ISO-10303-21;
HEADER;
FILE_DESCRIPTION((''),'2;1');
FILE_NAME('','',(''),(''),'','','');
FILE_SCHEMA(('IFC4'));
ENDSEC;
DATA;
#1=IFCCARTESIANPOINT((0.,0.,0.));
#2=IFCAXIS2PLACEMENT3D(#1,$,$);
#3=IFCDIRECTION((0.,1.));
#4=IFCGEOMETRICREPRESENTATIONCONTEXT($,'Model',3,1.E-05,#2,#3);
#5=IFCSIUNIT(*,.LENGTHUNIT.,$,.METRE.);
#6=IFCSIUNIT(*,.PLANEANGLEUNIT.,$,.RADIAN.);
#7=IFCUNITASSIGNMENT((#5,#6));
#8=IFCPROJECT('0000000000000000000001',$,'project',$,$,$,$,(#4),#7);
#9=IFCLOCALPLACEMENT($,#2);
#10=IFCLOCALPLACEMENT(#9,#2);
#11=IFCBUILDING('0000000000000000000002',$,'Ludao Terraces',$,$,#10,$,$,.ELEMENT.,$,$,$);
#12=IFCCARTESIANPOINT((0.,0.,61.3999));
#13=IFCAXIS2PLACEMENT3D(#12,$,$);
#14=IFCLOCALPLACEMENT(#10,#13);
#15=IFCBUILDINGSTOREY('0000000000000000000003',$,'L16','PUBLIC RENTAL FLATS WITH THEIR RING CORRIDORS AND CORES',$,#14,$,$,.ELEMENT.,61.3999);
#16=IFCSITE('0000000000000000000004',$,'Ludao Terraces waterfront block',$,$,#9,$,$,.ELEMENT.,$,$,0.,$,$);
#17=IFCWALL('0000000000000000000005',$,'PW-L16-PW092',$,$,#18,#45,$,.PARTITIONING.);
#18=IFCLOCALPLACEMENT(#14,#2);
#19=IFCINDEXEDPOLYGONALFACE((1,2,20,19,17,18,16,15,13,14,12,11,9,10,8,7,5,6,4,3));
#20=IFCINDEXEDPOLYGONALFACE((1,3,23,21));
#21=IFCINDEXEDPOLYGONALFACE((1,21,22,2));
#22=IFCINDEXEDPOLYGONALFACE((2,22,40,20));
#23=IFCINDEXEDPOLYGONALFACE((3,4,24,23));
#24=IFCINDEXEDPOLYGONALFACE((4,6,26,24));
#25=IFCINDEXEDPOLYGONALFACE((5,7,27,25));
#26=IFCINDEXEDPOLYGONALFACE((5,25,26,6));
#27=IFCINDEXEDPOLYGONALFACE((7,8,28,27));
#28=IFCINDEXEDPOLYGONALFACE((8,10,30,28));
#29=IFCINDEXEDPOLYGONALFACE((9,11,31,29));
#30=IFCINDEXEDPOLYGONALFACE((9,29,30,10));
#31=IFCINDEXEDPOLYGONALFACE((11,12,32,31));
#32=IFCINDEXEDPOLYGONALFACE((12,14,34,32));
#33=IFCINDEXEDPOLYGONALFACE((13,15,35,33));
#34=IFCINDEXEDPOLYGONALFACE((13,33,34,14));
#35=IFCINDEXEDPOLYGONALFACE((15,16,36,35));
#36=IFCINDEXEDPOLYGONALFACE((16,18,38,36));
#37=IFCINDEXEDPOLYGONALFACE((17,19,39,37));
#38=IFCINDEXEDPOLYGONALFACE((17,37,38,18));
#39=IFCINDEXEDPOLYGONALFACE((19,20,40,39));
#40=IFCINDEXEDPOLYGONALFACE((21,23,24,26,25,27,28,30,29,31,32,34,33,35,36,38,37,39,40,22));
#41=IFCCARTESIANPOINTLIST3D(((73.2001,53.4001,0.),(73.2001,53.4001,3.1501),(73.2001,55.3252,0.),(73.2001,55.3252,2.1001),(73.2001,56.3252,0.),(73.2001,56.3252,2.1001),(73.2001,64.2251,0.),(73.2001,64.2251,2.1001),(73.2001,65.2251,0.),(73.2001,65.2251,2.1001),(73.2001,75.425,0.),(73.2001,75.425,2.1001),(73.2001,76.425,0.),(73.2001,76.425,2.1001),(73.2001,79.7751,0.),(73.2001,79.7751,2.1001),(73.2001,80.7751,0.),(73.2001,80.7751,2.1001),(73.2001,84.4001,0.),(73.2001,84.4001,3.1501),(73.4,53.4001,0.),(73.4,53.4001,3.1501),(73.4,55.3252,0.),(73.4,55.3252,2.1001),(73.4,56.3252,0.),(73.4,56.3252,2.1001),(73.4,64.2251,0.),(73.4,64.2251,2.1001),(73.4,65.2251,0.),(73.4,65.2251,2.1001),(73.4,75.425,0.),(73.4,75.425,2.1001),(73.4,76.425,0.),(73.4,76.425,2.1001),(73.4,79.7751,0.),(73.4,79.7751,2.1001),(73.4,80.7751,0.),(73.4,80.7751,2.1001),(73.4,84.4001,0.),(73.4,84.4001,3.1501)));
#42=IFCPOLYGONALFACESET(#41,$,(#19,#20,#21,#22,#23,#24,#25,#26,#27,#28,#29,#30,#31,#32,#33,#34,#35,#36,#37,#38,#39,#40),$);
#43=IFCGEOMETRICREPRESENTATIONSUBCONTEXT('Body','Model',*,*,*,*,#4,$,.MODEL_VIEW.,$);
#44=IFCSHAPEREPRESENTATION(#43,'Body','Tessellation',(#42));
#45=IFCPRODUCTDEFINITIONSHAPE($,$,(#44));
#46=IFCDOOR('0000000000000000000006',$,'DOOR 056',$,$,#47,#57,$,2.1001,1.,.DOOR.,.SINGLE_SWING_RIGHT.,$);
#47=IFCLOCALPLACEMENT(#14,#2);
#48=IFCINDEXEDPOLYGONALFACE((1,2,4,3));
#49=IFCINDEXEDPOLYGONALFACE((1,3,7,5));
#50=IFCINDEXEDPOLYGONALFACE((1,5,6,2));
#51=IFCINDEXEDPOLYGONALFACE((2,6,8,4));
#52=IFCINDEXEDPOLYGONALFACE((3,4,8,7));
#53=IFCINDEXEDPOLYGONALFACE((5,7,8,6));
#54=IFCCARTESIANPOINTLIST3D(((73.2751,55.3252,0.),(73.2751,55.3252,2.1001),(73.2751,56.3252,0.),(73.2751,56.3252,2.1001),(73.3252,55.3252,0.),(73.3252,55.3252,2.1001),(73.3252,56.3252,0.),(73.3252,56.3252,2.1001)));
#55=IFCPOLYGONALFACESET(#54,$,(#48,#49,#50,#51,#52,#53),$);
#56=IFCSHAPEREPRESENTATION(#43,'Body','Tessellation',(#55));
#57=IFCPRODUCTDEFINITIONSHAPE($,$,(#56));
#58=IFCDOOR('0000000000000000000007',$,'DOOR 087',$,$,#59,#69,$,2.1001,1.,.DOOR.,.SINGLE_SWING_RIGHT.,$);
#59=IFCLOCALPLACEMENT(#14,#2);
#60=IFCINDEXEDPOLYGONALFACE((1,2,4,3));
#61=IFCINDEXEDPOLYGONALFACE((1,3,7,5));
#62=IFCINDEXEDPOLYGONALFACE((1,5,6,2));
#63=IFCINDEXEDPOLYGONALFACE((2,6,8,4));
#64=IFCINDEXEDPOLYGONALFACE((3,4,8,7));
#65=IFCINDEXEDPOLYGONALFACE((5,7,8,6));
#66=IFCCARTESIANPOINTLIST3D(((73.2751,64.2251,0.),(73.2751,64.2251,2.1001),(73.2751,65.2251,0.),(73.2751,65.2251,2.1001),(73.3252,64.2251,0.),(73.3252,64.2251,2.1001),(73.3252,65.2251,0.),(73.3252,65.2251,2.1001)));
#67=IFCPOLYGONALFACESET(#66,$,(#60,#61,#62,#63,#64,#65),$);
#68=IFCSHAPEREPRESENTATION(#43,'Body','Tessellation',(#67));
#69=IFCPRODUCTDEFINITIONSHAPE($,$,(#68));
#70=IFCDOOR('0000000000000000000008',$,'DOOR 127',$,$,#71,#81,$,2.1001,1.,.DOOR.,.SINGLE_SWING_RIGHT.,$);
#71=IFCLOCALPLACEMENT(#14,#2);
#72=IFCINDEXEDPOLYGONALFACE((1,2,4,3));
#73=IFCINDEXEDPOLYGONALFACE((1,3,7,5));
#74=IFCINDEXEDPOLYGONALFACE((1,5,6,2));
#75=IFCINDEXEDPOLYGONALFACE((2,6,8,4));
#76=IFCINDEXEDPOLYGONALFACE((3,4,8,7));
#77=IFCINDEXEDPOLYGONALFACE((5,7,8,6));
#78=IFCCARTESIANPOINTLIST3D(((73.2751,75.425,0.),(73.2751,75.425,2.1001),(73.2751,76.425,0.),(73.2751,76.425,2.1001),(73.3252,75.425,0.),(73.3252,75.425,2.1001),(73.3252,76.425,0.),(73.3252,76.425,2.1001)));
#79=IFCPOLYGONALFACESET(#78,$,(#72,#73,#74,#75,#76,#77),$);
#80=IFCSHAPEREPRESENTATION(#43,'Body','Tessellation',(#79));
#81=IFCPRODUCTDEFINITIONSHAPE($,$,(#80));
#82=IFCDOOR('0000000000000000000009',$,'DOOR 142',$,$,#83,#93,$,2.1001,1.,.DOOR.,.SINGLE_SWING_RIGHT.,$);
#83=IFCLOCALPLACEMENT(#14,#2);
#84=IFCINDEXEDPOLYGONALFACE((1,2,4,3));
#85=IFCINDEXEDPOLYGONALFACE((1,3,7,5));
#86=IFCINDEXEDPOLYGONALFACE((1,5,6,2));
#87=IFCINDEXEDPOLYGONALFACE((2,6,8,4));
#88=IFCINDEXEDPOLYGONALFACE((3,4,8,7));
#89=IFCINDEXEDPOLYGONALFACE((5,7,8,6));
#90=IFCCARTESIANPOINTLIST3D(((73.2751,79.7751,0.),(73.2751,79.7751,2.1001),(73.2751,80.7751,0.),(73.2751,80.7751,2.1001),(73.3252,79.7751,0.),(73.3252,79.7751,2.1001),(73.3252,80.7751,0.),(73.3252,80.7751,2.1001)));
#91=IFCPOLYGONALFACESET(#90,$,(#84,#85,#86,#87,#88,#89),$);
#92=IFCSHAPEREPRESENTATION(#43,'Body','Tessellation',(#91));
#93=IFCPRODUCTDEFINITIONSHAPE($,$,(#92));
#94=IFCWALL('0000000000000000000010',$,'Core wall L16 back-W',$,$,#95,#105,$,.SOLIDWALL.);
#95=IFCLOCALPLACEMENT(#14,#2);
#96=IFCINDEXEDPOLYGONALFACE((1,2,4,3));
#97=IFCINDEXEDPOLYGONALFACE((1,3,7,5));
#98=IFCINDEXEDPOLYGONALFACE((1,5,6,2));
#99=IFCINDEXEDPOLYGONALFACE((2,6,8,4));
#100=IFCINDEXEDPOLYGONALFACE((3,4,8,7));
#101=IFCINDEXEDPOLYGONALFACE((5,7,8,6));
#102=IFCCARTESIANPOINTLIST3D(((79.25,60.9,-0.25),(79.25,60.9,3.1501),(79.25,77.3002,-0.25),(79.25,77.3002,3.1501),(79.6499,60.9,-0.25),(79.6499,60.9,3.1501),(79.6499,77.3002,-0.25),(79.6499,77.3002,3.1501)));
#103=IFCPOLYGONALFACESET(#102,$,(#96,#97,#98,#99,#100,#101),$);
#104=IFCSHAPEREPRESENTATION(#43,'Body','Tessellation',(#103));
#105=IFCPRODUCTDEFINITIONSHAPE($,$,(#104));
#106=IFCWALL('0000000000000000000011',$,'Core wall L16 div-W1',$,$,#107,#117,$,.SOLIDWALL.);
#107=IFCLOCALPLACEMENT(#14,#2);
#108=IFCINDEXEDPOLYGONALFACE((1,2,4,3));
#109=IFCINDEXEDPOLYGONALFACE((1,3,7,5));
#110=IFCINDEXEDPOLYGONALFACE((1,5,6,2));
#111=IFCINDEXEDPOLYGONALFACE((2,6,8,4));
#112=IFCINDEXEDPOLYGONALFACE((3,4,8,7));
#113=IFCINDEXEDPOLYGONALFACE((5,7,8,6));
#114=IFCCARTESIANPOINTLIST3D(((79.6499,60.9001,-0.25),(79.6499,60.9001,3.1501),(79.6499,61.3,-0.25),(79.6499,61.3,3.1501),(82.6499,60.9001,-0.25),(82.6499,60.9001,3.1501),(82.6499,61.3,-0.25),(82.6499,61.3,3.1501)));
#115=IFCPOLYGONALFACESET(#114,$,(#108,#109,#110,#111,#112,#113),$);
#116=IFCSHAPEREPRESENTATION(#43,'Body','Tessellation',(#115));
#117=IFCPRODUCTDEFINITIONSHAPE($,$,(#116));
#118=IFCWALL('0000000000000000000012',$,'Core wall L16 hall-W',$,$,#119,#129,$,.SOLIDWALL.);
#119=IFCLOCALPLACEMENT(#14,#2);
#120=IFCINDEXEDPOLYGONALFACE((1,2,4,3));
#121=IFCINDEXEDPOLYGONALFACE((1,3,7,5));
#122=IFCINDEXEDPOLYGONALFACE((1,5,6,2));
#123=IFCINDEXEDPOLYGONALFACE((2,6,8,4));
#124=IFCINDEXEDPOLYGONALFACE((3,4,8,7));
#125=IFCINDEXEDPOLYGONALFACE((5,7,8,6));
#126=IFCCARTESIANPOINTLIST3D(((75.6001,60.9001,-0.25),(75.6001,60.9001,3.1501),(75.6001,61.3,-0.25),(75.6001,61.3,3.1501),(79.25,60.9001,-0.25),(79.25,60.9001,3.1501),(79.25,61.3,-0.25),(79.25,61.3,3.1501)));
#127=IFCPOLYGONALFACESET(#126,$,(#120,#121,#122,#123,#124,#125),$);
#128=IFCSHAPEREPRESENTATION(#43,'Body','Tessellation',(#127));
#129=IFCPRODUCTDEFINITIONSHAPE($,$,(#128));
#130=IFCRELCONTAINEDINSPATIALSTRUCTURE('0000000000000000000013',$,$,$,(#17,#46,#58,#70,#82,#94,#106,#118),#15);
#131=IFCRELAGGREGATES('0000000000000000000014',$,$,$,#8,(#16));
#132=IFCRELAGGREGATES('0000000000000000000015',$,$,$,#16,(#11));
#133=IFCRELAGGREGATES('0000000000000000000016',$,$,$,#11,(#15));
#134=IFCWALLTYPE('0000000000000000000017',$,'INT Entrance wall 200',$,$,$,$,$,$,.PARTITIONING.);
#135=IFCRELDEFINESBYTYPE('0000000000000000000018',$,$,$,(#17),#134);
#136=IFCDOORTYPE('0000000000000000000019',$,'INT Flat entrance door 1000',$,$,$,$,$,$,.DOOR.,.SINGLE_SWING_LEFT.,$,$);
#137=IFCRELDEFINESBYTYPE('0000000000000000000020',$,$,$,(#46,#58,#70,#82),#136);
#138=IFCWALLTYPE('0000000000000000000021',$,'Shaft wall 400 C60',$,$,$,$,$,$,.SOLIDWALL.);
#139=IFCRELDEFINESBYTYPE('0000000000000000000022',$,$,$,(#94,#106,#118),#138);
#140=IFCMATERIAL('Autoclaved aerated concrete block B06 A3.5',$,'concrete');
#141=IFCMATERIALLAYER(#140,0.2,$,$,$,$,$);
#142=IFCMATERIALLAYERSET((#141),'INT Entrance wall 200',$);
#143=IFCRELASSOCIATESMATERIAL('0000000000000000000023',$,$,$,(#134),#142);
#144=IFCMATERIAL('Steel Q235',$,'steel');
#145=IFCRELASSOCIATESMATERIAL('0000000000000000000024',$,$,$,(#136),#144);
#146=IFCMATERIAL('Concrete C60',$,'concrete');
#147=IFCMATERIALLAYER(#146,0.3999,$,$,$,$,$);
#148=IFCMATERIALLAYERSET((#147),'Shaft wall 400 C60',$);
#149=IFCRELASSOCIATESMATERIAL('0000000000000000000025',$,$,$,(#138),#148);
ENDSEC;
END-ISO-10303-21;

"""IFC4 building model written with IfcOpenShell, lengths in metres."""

from ifc_helpers import new_model, si_unit, direction, frame, frame_2d, origin, place, context, subcontext, project, spatial, rectangle, extrude, material, layer, layer_set, type_object, element, fill, save


model = new_model("IFC4")

# Units and contexts
model_context = context("Model", 3, precision=1e-05, world=origin(), true_north=direction((0.0, 1.0)))
body_context = subcontext(model_context, "Body", "Model", "MODEL_VIEW")
ifc_project = project(units=[si_unit("LENGTHUNIT", "METRE"), si_unit("PLANEANGLEUNIT", "RADIAN")], contexts=[model_context])

# Site, building, storey
site_placement = place(None, origin())
site = spatial("IfcSite", under=ifc_project, at=site_placement, Name="Ludao Terraces waterfront block", CompositionType="ELEMENT", RefElevation=0.0)
building_placement = place(site_placement, origin())
building = spatial("IfcBuilding", under=site, at=building_placement, Name="Ludao Terraces", CompositionType="ELEMENT")
storey_placement = place(building_placement, frame((0.0, 0.0, 61.3999)))
storey = spatial("IfcBuildingStorey", under=building, at=storey_placement, Name="L16", Description="PUBLIC RENTAL FLATS WITH THEIR RING CORRIDORS AND CORES", CompositionType="ELEMENT", Elevation=61.3999)

# Shared definitions
ifc_material_1 = material(Name="Steel Q235", Category="steel")

# Wall, openings, doors
ifc_material_2 = material(Name="Autoclaved aerated concrete block B06 A3.5", Category="concrete")
ifc_layer_1 = layer(ifc_material_2, 0.2)
ifc_layer_set_1 = layer_set([ifc_layer_1], Name="INT Entrance wall 200")
wall_type_1 = type_object("IfcWallType", Name="INT Entrance wall 200", PredefinedType="PARTITIONING", material=ifc_layer_set_1)
wall_1_placement = place(storey_placement, frame((73.3, 53.4001, 0.0), z_axis=(0.0, 0.0, 1.0), x_axis=(0.0, 1.0, 0.0)))
wall_1 = element("IfcWall", 1, at=wall_1_placement, inside=storey, type_object=wall_type_1, Name="PW-L16-PW092", PredefinedType="PARTITIONING", context=body_context, shape_type="SweptSolid", body=[
    extrude(rectangle(XDim=31.0, YDim=0.2, at=frame_2d((15.5, 0.0))), origin(), (0.0, 0.0, 1.0), 3.1501),
])
opening_1_placement = place(wall_1_placement, frame((1.925, 0.0, 0.0)))
opening_1 = element("IfcOpeningElement", 2, at=opening_1_placement, cuts=wall_1, PredefinedType="OPENING", context=body_context, shape_type="SweptSolid", body=[
    extrude(rectangle(XDim=1.0, YDim=2.1001, at=frame_2d((0.5, 1.05))), frame((0.0, 0.1099, 0.0), z_axis=(0.0, -1.0, 0.0), x_axis=(1.0, 0.0, 0.0)), (0.0, 0.0, 1.0), 0.22),
])
opening_2_placement = place(wall_1_placement, frame((10.825, 0.0, 0.0)))
opening_2 = element("IfcOpeningElement", 3, at=opening_2_placement, cuts=wall_1, PredefinedType="OPENING", context=body_context, shape_type="SweptSolid", body=[
    extrude(rectangle(XDim=1.0, YDim=2.1001, at=frame_2d((0.5, 1.05))), frame((0.0, 0.1099, 0.0), z_axis=(0.0, -1.0, 0.0), x_axis=(1.0, 0.0, 0.0)), (0.0, 0.0, 1.0), 0.22),
])
opening_3_placement = place(wall_1_placement, frame((22.0249, 0.0, 0.0)))
opening_3 = element("IfcOpeningElement", 4, at=opening_3_placement, cuts=wall_1, PredefinedType="OPENING", context=body_context, shape_type="SweptSolid", body=[
    extrude(rectangle(XDim=1.0, YDim=2.1001, at=frame_2d((0.5, 1.05))), frame((0.0, 0.1099, 0.0), z_axis=(0.0, -1.0, 0.0), x_axis=(1.0, 0.0, 0.0)), (0.0, 0.0, 1.0), 0.22),
])
opening_4_placement = place(wall_1_placement, frame((26.375, 0.0, 0.0)))
opening_4 = element("IfcOpeningElement", 5, at=opening_4_placement, cuts=wall_1, PredefinedType="OPENING", context=body_context, shape_type="SweptSolid", body=[
    extrude(rectangle(XDim=1.0, YDim=2.1001, at=frame_2d((0.5, 1.05))), frame((0.0, 0.1099, 0.0), z_axis=(0.0, -1.0, 0.0), x_axis=(1.0, 0.0, 0.0)), (0.0, 0.0, 1.0), 0.22),
])
door_type_1 = type_object("IfcDoorType", Name="INT Flat entrance door 1000", OperationType="SINGLE_SWING_LEFT", PredefinedType="DOOR", material=ifc_material_1)
door_1_placement = place(opening_1_placement, origin())
door_1 = element("IfcDoor", 6, at=door_1_placement, inside=storey, type_object=door_type_1, Name="DOOR 056", OperationType="SINGLE_SWING_RIGHT", OverallHeight=2.1001, OverallWidth=1.0, PredefinedType="DOOR", context=body_context, shape_type="SweptSolid", body=[
    extrude(rectangle(XDim=1.0, YDim=2.1001, at=frame_2d((0.5, 1.05))), frame((0.0, 0.0249, 0.0), z_axis=(0.0, -1.0, 0.0), x_axis=(1.0, 0.0, 0.0)), (0.0, 0.0, 1.0), 0.05),
])
fill(opening_1, door_1)
door_2_placement = place(opening_2_placement, origin())
door_2 = element("IfcDoor", 7, at=door_2_placement, inside=storey, type_object=door_type_1, Name="DOOR 087", OperationType="SINGLE_SWING_RIGHT", OverallHeight=2.1001, OverallWidth=1.0, PredefinedType="DOOR", context=body_context, shape_type="SweptSolid", body=[
    extrude(rectangle(XDim=1.0, YDim=2.1001, at=frame_2d((0.5, 1.05))), frame((0.0, 0.0249, 0.0), z_axis=(0.0, -1.0, 0.0), x_axis=(1.0, 0.0, 0.0)), (0.0, 0.0, 1.0), 0.05),
])
fill(opening_2, door_2)
door_3_placement = place(opening_3_placement, origin())
door_3 = element("IfcDoor", 8, at=door_3_placement, inside=storey, type_object=door_type_1, Name="DOOR 127", OperationType="SINGLE_SWING_RIGHT", OverallHeight=2.1001, OverallWidth=1.0, PredefinedType="DOOR", context=body_context, shape_type="SweptSolid", body=[
    extrude(rectangle(XDim=1.0, YDim=2.1001, at=frame_2d((0.5, 1.05))), frame((0.0, 0.0249, 0.0), z_axis=(0.0, -1.0, 0.0), x_axis=(1.0, 0.0, 0.0)), (0.0, 0.0, 1.0), 0.05),
])
fill(opening_3, door_3)
door_4_placement = place(opening_4_placement, origin())
door_4 = element("IfcDoor", 9, at=door_4_placement, inside=storey, type_object=door_type_1, Name="DOOR 142", OperationType="SINGLE_SWING_RIGHT", OverallHeight=2.1001, OverallWidth=1.0, PredefinedType="DOOR", context=body_context, shape_type="SweptSolid", body=[
    extrude(rectangle(XDim=1.0, YDim=2.1001, at=frame_2d((0.5, 1.05))), frame((0.0, 0.0249, 0.0), z_axis=(0.0, -1.0, 0.0), x_axis=(1.0, 0.0, 0.0)), (0.0, 0.0, 1.0), 0.05),
])
fill(opening_4, door_4)

# Walls
ifc_material_3 = material(Name="Concrete C60", Category="concrete")
ifc_layer_2 = layer(ifc_material_3, 0.3999)
ifc_layer_set_2 = layer_set([ifc_layer_2], Name="Shaft wall 400 C60")
wall_type_2 = type_object("IfcWallType", Name="Shaft wall 400 C60", PredefinedType="SOLIDWALL", material=ifc_layer_set_2)
wall_2_placement = place(storey_placement, frame((79.45, 60.8999, -0.25), z_axis=(0.0, 0.0, 1.0), x_axis=(0.0, 1.0, 0.0)))
element("IfcWall", 10, at=wall_2_placement, inside=storey, type_object=wall_type_2, Name="Core wall L16 back-W", PredefinedType="SOLIDWALL", context=body_context, shape_type="SweptSolid", body=[
    extrude(rectangle(XDim=16.4001, YDim=0.3999, at=frame_2d((8.2002, 0.0))), origin(), (0.0, 0.0, 1.0), 3.4001),
])
wall_3_placement = place(storey_placement, frame((79.6499, 61.1001, -0.25), z_axis=(0.0, 0.0, 1.0), x_axis=(1.0, 0.0, 0.0)))
element("IfcWall", 11, at=wall_3_placement, inside=storey, type_object=wall_type_2, Name="Core wall L16 div-W1", PredefinedType="SOLIDWALL", context=body_context, shape_type="SweptSolid", body=[
    extrude(rectangle(XDim=3.0, YDim=0.3999, at=frame_2d((1.5, 0.0))), origin(), (0.0, 0.0, 1.0), 3.4001),
])
wall_4_placement = place(storey_placement, frame((75.6001, 61.1001, -0.25), z_axis=(0.0, 0.0, 1.0), x_axis=(1.0, 0.0, 0.0)))
element("IfcWall", 12, at=wall_4_placement, inside=storey, type_object=wall_type_2, Name="Core wall L16 hall-W", PredefinedType="SOLIDWALL", context=body_context, shape_type="SweptSolid", body=[
    extrude(rectangle(XDim=3.6499, YDim=0.3999, at=frame_2d((1.825, 0.0))), origin(), (0.0, 0.0, 1.0), 3.4001),
])

save(model, "model.ifc")
